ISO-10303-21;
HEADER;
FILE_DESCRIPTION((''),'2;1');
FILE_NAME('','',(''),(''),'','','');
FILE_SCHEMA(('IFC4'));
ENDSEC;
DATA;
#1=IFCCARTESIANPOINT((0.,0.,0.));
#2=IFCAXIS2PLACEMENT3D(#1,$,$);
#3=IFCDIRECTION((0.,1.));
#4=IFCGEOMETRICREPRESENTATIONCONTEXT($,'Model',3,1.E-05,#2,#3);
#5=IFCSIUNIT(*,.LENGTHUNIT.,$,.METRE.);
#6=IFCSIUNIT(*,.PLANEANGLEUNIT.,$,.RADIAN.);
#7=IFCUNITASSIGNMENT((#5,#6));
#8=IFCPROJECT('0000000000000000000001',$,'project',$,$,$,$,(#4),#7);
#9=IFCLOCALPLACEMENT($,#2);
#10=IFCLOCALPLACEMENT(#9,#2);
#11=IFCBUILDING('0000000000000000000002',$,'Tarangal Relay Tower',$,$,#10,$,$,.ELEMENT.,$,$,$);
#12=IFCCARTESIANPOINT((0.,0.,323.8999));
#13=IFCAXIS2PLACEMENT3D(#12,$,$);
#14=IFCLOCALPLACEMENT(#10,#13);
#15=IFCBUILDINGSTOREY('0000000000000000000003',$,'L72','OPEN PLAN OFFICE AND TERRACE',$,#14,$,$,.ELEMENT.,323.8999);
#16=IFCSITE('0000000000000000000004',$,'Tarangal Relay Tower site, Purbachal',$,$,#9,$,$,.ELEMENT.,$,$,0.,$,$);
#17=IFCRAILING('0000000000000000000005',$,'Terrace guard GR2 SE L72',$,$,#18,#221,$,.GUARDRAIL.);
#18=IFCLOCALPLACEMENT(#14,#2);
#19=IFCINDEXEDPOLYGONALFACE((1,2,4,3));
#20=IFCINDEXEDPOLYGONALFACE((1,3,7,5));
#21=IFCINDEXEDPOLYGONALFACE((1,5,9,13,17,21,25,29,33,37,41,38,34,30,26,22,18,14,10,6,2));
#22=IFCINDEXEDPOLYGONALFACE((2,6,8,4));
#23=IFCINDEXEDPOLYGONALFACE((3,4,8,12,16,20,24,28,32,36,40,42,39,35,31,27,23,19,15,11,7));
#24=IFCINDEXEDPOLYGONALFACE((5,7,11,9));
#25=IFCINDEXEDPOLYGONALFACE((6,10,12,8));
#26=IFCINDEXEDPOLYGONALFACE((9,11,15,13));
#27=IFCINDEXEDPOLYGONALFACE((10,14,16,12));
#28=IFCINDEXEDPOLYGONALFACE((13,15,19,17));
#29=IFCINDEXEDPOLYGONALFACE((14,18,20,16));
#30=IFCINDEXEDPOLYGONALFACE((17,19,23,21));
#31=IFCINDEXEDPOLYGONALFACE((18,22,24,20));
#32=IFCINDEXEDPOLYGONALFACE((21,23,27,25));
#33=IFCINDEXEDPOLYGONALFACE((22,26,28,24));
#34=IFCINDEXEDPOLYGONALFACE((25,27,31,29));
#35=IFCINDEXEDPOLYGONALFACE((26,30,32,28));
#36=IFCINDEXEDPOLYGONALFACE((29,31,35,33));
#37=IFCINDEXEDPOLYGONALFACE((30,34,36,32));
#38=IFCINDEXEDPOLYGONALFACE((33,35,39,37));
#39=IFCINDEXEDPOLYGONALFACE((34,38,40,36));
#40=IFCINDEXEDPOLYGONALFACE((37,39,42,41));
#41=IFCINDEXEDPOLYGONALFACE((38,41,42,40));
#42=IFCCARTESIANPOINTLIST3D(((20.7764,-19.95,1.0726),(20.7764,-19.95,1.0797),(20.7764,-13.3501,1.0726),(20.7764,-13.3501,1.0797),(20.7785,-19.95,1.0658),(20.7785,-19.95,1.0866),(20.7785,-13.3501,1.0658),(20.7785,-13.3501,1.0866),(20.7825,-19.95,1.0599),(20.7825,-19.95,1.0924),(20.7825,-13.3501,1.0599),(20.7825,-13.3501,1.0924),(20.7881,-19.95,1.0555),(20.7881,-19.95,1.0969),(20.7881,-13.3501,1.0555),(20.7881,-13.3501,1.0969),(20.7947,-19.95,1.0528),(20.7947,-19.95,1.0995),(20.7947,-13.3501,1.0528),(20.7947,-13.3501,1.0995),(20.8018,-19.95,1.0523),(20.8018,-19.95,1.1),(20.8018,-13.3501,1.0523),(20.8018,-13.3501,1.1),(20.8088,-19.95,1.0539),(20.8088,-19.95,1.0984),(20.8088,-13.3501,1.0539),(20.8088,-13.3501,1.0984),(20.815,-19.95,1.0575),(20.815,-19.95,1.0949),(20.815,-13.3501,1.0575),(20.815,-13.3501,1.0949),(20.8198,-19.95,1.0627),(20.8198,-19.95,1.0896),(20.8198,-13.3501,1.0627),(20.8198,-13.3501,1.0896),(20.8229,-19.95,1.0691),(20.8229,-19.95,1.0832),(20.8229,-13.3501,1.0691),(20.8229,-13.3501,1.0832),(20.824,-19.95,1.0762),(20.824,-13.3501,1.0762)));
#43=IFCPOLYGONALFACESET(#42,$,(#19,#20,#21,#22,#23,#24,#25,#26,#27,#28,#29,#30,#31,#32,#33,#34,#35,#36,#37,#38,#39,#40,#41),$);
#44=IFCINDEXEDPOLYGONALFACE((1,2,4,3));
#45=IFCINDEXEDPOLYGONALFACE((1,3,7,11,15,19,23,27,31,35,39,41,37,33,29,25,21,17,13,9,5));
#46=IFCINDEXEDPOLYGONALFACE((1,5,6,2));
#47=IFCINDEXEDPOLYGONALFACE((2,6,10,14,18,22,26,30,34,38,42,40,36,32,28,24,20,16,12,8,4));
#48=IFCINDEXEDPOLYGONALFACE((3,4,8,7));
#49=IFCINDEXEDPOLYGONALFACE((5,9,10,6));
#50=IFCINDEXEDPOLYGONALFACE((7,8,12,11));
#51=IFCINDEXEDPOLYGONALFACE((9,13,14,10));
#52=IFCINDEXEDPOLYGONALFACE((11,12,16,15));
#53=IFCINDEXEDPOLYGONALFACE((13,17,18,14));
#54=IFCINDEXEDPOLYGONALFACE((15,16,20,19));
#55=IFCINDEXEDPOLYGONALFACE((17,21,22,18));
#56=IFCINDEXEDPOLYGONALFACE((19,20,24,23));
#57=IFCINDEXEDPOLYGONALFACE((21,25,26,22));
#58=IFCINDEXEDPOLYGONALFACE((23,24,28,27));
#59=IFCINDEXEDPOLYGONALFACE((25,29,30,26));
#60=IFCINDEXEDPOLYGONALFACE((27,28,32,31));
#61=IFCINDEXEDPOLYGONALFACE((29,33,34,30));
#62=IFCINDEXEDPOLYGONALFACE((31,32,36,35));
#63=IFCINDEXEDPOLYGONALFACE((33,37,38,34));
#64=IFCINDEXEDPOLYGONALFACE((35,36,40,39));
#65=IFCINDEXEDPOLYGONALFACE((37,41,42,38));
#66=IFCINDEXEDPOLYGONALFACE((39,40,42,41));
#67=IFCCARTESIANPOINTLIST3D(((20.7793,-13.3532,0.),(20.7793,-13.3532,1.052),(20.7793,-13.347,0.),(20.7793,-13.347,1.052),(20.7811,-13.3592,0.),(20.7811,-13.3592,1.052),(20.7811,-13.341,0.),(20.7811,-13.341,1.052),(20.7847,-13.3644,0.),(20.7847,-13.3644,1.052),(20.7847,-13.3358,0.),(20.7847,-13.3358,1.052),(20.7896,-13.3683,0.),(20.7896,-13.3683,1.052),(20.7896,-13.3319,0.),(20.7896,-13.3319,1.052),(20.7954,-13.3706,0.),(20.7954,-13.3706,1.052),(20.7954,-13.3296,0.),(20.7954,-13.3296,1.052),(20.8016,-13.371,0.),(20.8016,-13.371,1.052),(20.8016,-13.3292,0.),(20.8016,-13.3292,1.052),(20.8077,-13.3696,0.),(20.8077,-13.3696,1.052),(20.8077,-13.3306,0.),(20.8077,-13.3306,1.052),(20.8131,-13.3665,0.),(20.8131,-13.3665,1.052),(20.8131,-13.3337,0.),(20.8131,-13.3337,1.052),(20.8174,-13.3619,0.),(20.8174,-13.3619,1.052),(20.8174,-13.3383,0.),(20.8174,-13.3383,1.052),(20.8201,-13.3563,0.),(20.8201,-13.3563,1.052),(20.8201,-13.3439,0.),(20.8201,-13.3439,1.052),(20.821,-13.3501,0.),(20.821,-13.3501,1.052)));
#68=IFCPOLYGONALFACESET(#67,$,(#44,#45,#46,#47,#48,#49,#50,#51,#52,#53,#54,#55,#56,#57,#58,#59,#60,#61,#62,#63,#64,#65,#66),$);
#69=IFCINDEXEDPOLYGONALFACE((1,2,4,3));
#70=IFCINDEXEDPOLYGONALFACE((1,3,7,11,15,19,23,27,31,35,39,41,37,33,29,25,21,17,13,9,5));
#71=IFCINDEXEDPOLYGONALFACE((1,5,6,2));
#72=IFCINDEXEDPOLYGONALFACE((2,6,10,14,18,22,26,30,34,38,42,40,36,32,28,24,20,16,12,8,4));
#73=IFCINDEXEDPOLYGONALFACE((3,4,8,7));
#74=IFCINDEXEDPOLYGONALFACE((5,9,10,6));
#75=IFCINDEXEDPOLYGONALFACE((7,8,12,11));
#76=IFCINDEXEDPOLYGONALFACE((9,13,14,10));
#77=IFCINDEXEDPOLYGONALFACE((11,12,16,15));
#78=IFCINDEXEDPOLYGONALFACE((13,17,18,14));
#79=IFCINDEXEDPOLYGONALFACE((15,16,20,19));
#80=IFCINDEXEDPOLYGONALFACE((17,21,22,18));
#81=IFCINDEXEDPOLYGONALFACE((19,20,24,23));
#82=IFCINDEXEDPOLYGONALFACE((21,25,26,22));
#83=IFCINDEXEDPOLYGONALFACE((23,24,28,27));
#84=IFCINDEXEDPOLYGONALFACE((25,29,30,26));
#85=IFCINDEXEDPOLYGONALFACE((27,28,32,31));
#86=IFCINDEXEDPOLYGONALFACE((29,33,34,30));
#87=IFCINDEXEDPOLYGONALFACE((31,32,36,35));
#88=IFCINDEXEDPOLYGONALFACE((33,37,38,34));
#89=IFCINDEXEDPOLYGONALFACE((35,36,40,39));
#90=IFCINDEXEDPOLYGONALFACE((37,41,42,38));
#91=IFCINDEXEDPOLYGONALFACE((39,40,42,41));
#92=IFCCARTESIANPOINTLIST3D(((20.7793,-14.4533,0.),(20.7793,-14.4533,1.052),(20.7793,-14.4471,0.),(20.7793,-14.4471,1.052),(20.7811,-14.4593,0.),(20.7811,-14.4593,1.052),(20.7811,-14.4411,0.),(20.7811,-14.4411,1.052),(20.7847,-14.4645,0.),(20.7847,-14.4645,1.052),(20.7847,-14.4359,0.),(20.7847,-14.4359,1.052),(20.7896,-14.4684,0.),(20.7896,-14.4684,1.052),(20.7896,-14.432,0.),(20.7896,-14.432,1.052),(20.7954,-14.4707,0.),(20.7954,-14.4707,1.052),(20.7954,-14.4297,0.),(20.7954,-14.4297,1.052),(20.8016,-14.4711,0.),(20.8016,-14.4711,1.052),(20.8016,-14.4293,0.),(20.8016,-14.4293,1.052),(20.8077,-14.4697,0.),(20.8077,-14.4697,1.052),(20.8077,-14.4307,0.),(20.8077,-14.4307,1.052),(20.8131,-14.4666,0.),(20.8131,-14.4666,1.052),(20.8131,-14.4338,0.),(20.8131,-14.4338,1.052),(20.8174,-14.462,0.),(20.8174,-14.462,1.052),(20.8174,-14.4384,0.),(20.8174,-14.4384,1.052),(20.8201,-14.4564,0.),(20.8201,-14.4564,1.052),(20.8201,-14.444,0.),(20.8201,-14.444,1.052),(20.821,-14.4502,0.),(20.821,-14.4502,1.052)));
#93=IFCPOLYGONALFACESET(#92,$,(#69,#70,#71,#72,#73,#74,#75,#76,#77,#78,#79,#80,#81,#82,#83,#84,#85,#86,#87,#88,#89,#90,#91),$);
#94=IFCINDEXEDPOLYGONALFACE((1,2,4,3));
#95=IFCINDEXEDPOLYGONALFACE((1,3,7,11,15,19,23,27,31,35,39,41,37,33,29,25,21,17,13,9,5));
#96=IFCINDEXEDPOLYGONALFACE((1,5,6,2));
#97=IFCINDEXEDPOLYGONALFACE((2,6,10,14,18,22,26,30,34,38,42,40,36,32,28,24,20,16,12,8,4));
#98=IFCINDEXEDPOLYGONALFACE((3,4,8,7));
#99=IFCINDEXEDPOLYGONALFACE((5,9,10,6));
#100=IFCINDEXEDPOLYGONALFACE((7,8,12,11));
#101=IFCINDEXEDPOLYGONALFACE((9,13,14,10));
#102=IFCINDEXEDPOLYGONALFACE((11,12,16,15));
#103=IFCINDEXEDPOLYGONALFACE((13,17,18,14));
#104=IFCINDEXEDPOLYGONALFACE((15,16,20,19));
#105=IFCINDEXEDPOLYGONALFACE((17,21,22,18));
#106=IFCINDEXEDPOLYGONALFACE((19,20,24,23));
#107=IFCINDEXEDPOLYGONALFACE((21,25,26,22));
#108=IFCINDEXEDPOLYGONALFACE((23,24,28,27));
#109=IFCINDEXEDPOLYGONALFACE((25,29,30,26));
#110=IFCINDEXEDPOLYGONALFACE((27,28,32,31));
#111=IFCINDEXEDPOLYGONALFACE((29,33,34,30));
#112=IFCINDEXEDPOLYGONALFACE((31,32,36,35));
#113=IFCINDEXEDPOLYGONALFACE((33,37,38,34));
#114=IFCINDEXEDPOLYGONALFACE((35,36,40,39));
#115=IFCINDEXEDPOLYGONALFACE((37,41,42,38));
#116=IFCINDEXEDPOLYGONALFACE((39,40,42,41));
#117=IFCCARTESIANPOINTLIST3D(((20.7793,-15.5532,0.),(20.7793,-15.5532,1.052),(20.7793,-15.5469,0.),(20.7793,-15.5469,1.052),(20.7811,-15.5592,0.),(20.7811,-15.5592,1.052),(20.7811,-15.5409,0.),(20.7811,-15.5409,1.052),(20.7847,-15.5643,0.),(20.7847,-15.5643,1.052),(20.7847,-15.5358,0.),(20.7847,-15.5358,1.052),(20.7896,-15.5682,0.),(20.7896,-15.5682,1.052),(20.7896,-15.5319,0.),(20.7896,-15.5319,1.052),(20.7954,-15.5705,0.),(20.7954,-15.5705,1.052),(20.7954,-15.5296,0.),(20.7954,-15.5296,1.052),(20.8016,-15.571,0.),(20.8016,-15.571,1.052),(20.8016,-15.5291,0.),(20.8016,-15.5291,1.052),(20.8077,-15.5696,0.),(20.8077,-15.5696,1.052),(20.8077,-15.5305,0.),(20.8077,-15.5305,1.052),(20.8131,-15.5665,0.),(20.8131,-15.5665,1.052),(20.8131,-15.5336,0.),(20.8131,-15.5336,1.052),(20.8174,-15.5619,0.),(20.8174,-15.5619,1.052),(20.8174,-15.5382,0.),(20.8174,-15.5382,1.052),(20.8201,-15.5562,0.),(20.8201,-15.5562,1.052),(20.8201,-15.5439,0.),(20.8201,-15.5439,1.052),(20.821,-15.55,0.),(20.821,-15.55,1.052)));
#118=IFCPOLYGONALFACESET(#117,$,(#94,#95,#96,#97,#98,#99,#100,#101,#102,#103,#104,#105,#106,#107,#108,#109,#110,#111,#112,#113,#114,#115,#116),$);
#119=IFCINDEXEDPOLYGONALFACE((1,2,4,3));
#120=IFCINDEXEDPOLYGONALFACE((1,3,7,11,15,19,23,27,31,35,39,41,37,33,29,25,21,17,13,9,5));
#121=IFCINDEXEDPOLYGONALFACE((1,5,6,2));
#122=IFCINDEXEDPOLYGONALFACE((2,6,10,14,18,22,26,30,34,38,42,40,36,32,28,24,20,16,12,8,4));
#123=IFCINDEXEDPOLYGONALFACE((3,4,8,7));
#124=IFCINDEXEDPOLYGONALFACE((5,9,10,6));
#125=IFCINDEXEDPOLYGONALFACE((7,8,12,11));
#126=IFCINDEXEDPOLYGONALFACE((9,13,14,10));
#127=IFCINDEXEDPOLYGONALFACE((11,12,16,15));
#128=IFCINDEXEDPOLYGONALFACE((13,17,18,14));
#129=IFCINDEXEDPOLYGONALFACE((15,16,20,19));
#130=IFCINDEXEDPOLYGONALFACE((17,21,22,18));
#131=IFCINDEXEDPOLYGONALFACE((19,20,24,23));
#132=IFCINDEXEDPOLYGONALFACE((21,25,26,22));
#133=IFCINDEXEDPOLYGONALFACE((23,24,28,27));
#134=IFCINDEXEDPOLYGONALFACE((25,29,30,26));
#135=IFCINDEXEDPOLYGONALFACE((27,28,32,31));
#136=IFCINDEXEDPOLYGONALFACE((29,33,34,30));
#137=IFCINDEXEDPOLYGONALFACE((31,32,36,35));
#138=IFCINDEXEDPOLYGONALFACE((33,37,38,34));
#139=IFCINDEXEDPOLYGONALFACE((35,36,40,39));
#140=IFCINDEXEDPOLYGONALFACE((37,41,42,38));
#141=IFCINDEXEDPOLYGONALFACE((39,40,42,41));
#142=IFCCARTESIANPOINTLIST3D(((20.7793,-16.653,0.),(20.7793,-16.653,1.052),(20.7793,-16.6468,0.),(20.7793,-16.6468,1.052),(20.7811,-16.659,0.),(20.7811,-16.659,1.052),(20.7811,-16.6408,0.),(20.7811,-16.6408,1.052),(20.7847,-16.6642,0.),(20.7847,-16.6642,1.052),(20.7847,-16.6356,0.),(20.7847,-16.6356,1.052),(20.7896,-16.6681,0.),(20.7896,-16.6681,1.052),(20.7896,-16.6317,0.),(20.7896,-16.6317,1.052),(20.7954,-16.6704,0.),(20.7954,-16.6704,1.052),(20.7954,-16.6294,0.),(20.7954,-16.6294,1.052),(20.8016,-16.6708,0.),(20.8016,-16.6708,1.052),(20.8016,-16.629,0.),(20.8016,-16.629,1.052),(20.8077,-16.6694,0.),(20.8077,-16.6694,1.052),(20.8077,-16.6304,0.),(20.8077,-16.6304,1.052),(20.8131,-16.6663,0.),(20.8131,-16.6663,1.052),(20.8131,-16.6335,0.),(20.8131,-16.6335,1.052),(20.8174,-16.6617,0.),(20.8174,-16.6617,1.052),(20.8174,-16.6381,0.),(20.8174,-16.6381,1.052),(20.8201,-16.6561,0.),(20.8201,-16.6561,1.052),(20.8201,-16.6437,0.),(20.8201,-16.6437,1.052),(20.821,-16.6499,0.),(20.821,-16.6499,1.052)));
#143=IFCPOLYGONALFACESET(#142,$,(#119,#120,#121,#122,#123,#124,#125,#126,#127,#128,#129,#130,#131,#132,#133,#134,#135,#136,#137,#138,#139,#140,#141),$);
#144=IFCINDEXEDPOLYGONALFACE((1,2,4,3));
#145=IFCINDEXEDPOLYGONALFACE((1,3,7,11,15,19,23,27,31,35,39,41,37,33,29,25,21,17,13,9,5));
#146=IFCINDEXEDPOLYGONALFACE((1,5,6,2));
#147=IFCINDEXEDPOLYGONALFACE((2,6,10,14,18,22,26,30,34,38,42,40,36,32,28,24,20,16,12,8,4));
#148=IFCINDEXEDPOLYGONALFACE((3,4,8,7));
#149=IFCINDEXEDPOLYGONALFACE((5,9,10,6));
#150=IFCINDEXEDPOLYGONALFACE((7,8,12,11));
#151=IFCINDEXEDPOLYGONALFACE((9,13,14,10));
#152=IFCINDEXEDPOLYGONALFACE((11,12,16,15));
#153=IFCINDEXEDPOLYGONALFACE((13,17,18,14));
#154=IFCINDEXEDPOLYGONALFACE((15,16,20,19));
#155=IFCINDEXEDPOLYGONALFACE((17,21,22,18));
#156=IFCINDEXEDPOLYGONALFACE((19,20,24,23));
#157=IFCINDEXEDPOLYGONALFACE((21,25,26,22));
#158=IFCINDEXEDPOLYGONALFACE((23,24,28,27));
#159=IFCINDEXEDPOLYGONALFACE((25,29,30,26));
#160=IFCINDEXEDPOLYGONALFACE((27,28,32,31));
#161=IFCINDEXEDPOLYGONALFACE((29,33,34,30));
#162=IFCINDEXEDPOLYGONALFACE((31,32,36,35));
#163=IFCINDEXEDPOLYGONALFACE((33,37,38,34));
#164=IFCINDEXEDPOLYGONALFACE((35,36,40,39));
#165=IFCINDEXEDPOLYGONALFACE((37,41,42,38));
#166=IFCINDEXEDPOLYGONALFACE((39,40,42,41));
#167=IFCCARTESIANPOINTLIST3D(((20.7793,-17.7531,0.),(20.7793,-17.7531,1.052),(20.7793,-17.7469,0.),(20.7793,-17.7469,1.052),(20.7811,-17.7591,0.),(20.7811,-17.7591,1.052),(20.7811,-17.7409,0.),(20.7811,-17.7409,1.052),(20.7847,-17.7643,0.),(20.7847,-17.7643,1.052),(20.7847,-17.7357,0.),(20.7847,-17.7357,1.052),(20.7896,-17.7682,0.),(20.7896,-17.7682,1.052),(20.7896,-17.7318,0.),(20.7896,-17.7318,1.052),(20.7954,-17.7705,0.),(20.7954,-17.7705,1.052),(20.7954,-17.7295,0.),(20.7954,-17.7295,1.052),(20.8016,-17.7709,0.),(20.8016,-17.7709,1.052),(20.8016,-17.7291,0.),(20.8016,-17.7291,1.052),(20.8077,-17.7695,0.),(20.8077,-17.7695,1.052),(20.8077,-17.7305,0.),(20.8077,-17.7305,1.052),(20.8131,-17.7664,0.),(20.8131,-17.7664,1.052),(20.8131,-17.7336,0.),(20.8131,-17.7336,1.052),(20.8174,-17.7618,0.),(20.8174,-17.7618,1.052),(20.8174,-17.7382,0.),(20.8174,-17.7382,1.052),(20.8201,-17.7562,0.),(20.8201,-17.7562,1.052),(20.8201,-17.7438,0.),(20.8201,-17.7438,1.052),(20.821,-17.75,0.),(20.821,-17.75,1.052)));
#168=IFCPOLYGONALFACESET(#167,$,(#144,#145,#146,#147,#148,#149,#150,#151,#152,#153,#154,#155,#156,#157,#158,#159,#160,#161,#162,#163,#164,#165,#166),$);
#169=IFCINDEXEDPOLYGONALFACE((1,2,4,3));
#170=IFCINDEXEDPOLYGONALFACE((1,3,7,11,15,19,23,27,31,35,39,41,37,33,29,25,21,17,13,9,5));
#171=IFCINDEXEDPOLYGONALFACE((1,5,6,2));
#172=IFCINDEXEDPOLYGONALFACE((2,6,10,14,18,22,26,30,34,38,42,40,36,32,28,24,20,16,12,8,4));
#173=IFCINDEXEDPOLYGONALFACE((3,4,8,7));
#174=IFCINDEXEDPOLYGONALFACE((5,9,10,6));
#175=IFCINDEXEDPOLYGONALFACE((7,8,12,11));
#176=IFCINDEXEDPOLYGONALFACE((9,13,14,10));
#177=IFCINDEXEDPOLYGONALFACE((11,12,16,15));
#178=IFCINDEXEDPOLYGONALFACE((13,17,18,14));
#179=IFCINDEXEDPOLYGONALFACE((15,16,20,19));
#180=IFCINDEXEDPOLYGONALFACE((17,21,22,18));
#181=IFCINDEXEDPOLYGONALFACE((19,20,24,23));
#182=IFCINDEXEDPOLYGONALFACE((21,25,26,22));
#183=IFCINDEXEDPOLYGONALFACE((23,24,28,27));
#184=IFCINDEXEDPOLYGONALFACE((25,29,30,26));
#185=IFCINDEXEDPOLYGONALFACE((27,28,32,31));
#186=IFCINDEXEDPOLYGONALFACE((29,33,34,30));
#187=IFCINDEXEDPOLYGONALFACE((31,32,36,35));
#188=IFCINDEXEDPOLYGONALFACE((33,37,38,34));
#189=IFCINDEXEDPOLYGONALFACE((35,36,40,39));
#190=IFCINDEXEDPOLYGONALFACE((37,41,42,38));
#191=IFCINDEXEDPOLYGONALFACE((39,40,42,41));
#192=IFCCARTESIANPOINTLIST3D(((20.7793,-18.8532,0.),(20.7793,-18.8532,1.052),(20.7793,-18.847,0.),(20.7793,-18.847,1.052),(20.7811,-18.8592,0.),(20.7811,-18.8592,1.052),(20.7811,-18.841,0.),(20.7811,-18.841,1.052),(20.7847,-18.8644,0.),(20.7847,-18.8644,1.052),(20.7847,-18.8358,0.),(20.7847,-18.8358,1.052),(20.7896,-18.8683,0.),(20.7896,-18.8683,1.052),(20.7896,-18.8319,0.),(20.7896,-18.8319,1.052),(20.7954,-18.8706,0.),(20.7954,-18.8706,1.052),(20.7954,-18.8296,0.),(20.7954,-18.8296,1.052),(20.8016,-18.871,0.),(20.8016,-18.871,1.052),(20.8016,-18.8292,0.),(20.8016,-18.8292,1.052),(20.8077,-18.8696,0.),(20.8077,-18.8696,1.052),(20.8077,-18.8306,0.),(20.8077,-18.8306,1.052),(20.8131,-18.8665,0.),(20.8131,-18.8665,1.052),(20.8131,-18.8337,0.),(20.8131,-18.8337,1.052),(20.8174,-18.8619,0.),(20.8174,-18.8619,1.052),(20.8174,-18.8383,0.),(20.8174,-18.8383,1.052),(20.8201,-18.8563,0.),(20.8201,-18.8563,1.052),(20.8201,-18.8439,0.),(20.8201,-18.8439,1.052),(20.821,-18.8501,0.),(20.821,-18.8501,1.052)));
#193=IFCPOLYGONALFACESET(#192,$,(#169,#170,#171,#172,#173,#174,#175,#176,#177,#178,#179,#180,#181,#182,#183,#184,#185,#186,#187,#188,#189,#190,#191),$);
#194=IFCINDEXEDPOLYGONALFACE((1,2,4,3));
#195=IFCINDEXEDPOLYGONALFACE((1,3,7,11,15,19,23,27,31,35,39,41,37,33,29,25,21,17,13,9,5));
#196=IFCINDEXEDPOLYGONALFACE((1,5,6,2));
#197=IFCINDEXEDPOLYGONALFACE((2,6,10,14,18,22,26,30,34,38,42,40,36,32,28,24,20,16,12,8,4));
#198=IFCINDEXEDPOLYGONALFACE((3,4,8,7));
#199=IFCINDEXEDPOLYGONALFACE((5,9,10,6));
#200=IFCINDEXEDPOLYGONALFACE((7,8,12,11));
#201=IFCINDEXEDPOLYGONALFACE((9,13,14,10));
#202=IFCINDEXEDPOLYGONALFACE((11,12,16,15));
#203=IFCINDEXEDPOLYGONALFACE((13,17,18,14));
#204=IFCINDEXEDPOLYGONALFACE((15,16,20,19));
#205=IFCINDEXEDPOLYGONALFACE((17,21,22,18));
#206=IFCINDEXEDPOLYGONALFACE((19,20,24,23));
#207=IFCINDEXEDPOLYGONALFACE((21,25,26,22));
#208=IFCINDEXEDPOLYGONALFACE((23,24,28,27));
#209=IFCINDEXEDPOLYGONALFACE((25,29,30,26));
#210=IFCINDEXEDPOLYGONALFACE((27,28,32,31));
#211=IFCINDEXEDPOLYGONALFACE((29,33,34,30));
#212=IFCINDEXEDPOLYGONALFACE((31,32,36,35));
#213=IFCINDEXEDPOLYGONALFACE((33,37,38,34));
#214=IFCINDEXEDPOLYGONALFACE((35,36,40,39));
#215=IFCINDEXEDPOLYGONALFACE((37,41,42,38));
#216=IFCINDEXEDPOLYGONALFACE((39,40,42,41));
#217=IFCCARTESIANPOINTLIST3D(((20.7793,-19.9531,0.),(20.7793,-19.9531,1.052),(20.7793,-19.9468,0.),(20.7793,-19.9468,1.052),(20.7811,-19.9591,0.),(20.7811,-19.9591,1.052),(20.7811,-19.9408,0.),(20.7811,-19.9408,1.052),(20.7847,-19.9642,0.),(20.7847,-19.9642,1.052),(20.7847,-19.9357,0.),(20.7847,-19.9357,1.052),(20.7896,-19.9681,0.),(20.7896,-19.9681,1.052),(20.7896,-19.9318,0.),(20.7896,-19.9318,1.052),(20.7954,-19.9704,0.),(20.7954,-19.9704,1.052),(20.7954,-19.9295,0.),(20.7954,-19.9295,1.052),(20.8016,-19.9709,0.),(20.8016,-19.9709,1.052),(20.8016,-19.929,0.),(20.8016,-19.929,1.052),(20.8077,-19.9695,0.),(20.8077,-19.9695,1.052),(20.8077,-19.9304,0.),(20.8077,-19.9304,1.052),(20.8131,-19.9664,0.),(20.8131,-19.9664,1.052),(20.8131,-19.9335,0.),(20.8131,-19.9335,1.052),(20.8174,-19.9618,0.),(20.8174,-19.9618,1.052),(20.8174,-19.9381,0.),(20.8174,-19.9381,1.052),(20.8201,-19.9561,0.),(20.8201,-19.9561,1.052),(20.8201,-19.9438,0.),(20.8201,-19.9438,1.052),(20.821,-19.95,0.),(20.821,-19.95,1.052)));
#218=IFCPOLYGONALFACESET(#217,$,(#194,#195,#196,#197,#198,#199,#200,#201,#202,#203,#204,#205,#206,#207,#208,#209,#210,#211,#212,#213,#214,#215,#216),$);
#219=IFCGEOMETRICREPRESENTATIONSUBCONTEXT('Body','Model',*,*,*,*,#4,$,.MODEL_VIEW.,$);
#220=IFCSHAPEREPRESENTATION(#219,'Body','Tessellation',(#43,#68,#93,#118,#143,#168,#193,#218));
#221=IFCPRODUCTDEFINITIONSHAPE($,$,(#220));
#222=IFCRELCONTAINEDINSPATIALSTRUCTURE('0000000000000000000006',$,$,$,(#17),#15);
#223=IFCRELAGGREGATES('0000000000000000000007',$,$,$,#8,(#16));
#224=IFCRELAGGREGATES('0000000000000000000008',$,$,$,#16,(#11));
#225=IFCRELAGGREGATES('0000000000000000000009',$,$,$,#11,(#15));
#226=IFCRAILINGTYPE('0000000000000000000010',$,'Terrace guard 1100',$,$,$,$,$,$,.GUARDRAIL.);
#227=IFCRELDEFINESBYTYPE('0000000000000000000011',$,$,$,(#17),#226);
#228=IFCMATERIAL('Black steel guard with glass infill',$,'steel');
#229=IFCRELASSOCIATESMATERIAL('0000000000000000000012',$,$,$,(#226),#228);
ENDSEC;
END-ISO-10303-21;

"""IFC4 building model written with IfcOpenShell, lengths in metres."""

from ifc_helpers import new_model, si_unit, direction, frame, origin, origin_2d, place, context, subcontext, project, spatial, circle, extrude, material, type_object, element, save


model = new_model("IFC4")

# Units and contexts
model_context = context("Model", 3, precision=1e-05, world=origin(), true_north=direction((0.0, 1.0)))
body_context = subcontext(model_context, "Body", "Model", "MODEL_VIEW")
ifc_project = project(units=[si_unit("LENGTHUNIT", "METRE"), si_unit("PLANEANGLEUNIT", "RADIAN")], contexts=[model_context])

# Site, building, storey
site_placement = place(None, origin())
site = spatial("IfcSite", under=ifc_project, at=site_placement, Name="Tarangal Relay Tower site, Purbachal", CompositionType="ELEMENT", RefElevation=0.0)
building_placement = place(site_placement, origin())
building = spatial("IfcBuilding", under=site, at=building_placement, Name="Tarangal Relay Tower", CompositionType="ELEMENT")
storey_placement = place(building_placement, frame((0.0, 0.0, 323.8999)))
storey = spatial("IfcBuildingStorey", under=building, at=storey_placement, Name="L72", Description="OPEN PLAN OFFICE AND TERRACE", CompositionType="ELEMENT", Elevation=323.8999)

# Railing
ifc_material_1 = material(Name="Black steel guard with glass infill", Category="steel")
railing_type = type_object("IfcRailingType", Name="Terrace guard 1100", PredefinedType="GUARDRAIL", material=ifc_material_1)
railing_1_placement = place(storey_placement, frame((20.8, -13.3501, 0.0)))
element("IfcRailing", 1, at=railing_1_placement, inside=storey, type_object=railing_type, Name="Terrace guard GR2 SE L72", PredefinedType="GUARDRAIL", context=body_context, shape_type="SweptSolid", body=[
    extrude(circle(Radius=0.0239, at=origin_2d()), frame((0.0, 0.0, 1.0762), z_axis=(0.0, -1.0, 0.0), x_axis=(1.0, 0.0, 0.0)), (0.0, 0.0, 1.0), 6.5999),
    extrude(circle(Radius=0.021, at=origin_2d()), origin(), (0.0, 0.0, 1.0), 1.052),
    extrude(circle(Radius=0.021, at=origin_2d()), frame((0.0, -1.1001, 0.0)), (0.0, 0.0, 1.0), 1.052),
    extrude(circle(Radius=0.021, at=origin_2d()), frame((0.0, -2.2, 0.0)), (0.0, 0.0, 1.0), 1.052),
    extrude(circle(Radius=0.021, at=origin_2d()), frame((0.0, -3.2998, 0.0)), (0.0, 0.0, 1.0), 1.052),
    extrude(circle(Radius=0.021, at=origin_2d()), frame((0.0, -4.3999, 0.0)), (0.0, 0.0, 1.0), 1.052),
    extrude(circle(Radius=0.021, at=origin_2d()), frame((0.0, -5.5, 0.0)), (0.0, 0.0, 1.0), 1.052),
    extrude(circle(Radius=0.021, at=origin_2d()), frame((0.0, -6.5999, 0.0)), (0.0, 0.0, 1.0), 1.052),
])

save(model, "model.ifc")
